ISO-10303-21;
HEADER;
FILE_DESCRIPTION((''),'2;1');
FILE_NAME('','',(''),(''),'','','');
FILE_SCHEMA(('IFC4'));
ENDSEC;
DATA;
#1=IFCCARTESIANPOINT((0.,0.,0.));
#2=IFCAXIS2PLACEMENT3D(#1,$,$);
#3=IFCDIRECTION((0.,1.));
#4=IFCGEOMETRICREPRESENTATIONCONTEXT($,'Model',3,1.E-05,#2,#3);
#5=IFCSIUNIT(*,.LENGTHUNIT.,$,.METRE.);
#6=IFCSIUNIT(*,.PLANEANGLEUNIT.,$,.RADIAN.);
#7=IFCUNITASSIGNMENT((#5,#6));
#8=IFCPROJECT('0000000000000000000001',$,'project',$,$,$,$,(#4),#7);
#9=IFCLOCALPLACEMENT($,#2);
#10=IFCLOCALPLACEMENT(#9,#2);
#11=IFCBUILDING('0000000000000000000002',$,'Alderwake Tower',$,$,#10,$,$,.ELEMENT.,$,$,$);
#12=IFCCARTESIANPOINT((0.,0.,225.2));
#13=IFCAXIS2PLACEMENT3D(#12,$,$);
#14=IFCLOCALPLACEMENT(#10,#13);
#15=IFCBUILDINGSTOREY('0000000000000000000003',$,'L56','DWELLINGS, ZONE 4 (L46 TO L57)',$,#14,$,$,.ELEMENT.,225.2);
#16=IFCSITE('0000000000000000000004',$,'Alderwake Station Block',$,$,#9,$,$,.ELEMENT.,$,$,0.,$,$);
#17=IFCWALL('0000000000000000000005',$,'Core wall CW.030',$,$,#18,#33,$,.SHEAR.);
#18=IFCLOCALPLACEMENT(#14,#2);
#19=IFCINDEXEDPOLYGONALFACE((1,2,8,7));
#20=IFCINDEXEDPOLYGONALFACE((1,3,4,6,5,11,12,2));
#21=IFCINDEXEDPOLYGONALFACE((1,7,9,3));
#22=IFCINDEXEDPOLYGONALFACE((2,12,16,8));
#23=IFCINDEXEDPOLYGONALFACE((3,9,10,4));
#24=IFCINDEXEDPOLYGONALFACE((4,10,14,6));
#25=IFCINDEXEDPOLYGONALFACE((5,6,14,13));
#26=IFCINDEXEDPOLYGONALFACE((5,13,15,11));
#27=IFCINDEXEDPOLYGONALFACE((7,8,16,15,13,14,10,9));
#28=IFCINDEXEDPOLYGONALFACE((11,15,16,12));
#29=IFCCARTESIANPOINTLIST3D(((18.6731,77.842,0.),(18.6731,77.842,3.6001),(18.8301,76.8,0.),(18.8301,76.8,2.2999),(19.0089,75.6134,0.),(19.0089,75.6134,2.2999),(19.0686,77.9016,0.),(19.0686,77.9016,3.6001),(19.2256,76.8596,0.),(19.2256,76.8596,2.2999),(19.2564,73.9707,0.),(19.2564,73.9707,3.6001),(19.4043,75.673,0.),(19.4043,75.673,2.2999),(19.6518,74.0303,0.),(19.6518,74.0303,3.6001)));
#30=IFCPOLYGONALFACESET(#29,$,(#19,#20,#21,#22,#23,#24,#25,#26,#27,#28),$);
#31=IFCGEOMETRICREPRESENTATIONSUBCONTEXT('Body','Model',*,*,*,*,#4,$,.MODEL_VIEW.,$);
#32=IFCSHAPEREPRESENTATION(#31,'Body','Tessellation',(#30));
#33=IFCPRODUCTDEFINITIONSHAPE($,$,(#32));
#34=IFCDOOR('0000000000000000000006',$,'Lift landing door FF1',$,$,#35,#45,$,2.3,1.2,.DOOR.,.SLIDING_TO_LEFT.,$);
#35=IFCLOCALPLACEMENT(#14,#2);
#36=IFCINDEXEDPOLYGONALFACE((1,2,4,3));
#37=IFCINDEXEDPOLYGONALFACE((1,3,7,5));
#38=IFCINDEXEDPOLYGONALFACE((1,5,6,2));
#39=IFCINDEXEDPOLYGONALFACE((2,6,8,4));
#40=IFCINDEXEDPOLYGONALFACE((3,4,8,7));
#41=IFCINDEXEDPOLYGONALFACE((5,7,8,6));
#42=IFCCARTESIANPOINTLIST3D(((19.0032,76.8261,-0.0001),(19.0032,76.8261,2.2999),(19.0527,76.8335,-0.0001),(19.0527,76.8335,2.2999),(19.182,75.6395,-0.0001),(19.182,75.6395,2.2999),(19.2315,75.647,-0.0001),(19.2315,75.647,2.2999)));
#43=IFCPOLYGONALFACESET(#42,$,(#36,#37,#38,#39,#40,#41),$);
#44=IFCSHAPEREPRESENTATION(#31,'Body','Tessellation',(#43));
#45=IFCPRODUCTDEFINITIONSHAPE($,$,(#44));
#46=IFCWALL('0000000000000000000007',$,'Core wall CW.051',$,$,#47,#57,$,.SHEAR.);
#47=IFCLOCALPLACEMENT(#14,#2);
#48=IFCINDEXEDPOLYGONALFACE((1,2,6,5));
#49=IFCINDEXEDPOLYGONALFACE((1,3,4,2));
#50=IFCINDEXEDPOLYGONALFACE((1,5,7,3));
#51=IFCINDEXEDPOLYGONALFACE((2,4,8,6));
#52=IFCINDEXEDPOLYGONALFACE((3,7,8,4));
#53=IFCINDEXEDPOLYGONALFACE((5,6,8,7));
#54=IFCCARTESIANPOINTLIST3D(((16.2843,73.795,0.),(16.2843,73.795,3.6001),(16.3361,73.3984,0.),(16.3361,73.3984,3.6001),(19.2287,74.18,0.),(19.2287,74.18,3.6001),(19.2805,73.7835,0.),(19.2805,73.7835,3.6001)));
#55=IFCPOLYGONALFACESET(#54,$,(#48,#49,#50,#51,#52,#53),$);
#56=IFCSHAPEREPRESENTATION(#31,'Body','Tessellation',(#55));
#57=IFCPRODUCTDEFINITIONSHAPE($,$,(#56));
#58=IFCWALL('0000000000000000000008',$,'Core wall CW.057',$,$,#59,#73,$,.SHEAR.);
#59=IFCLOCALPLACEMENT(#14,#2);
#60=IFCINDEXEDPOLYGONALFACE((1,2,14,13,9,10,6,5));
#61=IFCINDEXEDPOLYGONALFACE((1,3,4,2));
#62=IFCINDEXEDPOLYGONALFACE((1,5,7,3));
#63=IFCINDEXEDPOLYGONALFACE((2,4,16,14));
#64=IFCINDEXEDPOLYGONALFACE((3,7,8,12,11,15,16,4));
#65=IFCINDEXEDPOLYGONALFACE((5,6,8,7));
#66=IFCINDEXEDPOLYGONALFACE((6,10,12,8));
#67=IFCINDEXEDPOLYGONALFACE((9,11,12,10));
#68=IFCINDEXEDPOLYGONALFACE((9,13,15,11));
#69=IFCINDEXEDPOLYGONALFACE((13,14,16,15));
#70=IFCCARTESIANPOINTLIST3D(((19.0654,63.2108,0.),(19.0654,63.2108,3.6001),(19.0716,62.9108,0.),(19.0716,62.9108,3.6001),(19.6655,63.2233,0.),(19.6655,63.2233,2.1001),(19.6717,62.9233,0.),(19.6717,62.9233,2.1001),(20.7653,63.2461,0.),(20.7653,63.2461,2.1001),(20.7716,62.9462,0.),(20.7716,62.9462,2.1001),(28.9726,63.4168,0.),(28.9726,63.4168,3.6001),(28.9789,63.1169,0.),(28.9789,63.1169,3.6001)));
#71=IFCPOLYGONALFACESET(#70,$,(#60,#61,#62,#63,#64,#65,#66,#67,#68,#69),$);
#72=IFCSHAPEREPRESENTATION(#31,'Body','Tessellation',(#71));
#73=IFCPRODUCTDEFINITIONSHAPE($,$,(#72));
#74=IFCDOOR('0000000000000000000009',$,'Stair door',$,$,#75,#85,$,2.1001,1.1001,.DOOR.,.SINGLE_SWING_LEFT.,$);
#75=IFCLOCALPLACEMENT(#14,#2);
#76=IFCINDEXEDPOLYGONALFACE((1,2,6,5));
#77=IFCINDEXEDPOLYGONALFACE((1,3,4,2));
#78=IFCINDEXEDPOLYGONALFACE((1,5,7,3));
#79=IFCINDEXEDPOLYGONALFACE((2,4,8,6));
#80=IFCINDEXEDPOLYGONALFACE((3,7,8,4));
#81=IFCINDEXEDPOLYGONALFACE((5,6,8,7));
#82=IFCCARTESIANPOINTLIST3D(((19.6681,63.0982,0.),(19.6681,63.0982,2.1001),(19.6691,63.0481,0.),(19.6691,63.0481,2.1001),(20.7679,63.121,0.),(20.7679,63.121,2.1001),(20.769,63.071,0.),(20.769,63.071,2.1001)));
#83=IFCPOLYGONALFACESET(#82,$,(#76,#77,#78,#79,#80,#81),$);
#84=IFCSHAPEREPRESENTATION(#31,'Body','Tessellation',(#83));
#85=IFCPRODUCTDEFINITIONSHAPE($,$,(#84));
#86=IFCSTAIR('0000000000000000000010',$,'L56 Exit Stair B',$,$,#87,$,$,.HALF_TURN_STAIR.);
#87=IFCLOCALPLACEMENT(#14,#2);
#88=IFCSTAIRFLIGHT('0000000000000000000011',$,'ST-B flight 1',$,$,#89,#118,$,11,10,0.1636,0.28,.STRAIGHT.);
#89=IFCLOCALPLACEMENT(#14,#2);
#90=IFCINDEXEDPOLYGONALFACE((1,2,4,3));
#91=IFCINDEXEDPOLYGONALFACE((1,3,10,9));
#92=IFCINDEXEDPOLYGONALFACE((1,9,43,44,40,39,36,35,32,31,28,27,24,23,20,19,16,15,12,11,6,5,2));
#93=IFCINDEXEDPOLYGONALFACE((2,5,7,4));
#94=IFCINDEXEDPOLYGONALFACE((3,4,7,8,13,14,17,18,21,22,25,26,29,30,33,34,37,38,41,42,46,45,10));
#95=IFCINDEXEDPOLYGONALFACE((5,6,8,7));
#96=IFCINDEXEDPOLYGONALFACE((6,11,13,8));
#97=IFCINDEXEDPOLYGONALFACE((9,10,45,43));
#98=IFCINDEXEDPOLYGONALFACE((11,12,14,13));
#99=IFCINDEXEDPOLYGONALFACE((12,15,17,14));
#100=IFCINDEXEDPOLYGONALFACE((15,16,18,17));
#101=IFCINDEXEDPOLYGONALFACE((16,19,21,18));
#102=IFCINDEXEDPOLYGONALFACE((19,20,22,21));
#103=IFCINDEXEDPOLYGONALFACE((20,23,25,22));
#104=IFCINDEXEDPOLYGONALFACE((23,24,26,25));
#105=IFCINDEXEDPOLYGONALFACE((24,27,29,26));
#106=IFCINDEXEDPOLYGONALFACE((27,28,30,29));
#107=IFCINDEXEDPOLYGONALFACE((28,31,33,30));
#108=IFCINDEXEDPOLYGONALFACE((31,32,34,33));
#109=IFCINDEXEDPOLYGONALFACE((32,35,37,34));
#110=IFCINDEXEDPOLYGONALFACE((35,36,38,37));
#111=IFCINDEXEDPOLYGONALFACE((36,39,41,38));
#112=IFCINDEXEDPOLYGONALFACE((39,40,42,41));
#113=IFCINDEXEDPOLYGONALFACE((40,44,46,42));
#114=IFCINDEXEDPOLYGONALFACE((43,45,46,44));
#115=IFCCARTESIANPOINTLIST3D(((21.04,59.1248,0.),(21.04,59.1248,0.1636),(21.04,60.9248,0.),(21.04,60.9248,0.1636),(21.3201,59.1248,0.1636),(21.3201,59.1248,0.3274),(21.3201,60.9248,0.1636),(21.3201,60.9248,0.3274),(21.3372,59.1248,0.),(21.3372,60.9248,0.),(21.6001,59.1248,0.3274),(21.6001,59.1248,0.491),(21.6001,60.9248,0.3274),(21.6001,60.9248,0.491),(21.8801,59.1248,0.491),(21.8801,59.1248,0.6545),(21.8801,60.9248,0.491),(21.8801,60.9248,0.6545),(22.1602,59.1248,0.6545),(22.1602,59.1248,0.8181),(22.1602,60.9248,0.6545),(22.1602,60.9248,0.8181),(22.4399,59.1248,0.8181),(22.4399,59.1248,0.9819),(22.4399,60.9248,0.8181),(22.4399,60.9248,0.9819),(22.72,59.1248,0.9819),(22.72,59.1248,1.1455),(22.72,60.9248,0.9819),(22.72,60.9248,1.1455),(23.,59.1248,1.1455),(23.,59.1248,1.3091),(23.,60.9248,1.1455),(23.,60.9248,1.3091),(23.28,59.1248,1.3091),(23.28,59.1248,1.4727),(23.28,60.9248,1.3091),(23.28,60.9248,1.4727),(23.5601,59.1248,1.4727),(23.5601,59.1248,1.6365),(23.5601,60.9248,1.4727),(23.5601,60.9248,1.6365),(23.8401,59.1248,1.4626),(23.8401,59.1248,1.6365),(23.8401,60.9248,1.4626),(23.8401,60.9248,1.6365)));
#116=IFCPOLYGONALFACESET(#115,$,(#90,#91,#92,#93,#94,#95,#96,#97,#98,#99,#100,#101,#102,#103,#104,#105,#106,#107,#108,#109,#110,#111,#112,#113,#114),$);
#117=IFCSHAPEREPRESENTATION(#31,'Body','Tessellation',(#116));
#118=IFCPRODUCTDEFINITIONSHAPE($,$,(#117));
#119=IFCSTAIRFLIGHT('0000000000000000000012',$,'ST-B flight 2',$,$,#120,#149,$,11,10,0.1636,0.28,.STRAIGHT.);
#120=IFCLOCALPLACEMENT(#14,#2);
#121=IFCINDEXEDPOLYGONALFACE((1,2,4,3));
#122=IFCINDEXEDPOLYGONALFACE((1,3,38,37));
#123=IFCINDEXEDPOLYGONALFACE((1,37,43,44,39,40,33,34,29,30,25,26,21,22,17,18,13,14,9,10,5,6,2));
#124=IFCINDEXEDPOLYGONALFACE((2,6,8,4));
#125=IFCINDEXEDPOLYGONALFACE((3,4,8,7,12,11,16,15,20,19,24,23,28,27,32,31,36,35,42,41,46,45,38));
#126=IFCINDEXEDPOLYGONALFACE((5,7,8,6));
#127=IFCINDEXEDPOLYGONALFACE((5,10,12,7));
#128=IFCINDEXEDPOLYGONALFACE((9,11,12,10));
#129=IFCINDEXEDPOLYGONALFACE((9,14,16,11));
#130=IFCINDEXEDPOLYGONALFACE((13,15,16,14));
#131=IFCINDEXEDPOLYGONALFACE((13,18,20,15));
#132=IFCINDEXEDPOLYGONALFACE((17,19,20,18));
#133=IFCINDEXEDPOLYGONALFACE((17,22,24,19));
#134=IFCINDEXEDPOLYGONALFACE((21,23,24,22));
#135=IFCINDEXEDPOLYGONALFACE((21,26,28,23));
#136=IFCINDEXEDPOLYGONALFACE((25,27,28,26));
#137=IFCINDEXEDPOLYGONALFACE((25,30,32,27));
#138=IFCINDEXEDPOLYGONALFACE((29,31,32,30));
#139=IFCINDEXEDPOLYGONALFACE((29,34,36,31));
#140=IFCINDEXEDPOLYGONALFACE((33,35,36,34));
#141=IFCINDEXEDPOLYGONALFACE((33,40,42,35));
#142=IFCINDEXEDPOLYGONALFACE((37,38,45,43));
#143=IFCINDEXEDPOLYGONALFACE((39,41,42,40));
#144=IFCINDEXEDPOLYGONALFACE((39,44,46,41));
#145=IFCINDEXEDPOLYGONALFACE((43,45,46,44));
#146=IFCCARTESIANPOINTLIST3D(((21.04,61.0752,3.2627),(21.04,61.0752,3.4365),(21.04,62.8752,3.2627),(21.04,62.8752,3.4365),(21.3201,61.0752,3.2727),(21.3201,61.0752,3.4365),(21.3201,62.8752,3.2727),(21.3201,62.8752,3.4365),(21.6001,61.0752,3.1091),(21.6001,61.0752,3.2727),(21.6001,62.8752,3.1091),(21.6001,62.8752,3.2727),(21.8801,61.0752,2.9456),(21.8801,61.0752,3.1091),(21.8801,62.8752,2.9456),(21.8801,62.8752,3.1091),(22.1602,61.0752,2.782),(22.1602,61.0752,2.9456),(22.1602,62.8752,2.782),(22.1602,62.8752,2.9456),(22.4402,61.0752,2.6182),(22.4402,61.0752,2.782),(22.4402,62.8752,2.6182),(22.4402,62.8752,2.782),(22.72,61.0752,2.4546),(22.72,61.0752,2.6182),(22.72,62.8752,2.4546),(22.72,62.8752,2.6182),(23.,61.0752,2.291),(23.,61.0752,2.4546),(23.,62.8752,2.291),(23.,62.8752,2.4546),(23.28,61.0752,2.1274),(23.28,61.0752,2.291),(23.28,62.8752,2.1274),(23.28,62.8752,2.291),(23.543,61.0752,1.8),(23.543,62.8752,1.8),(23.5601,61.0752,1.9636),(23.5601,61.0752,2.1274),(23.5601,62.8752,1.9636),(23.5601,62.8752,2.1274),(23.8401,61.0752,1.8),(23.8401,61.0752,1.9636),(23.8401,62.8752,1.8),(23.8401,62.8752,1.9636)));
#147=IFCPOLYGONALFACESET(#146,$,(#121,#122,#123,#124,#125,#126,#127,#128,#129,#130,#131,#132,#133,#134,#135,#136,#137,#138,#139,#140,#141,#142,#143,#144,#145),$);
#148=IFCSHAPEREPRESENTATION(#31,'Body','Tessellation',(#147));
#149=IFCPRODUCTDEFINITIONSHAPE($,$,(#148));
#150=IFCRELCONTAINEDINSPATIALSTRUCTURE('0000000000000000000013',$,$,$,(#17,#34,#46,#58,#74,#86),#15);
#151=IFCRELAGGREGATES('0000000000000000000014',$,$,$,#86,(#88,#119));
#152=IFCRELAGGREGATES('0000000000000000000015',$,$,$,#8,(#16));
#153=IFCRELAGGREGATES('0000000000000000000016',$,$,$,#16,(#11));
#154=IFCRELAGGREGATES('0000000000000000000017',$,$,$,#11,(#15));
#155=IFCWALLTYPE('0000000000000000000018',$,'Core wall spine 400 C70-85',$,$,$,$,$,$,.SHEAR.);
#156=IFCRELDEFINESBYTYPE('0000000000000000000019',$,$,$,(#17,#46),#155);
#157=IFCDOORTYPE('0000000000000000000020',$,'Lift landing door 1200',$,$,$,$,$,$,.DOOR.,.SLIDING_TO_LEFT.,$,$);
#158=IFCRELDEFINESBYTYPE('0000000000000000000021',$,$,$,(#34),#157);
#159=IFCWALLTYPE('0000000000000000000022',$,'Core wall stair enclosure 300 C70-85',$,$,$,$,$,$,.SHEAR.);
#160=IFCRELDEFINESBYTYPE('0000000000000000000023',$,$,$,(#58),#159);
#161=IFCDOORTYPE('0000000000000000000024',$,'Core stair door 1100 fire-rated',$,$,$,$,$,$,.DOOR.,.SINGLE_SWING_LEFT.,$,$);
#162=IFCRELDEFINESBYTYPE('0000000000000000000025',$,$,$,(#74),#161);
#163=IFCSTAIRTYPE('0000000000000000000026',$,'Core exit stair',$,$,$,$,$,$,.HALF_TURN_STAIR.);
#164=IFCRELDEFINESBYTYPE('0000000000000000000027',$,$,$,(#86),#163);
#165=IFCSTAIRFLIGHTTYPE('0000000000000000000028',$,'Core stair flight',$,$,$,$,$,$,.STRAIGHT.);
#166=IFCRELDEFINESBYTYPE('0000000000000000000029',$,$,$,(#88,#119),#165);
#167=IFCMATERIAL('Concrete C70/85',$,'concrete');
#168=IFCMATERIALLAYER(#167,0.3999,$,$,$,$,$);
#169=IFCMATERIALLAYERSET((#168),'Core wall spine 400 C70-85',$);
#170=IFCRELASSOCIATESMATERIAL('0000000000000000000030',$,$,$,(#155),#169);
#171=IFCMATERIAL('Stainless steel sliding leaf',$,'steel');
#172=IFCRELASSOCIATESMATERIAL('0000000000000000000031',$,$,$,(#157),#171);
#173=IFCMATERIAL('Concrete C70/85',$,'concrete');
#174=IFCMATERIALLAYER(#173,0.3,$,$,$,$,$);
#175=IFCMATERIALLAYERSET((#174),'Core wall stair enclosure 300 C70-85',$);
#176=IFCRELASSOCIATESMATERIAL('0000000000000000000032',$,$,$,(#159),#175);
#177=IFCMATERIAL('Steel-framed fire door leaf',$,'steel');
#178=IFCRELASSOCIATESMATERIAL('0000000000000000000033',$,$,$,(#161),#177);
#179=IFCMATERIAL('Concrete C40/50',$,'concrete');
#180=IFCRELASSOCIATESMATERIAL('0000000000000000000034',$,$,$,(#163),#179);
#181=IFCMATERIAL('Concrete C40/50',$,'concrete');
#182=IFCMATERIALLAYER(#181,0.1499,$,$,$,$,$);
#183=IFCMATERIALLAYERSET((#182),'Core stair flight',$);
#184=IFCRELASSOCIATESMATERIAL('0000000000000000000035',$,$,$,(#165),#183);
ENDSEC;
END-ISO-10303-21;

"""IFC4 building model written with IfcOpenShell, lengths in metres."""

from ifc_helpers import new_model, si_unit, direction, frame, frame_2d, origin, place, context, subcontext, project, spatial, polyline, rectangle, outline, extrude, material, layer, layer_set, type_object, element, fill, aggregate, save


model = new_model("IFC4")

# Units and contexts
model_context = context("Model", 3, precision=1e-05, world=origin(), true_north=direction((0.0, 1.0)))
body_context = subcontext(model_context, "Body", "Model", "MODEL_VIEW")
ifc_project = project(units=[si_unit("LENGTHUNIT", "METRE"), si_unit("PLANEANGLEUNIT", "RADIAN")], contexts=[model_context])

# Site, building, storey
site_placement = place(None, origin())
site = spatial("IfcSite", under=ifc_project, at=site_placement, Name="Alderwake Station Block", CompositionType="ELEMENT", RefElevation=0.0)
building_placement = place(site_placement, origin())
building = spatial("IfcBuilding", under=site, at=building_placement, Name="Alderwake Tower", CompositionType="ELEMENT")
storey_placement = place(building_placement, frame((0.0, 0.0, 225.2)))
storey = spatial("IfcBuildingStorey", under=building, at=storey_placement, Name="L56", Description="DWELLINGS, ZONE 4 (L46 TO L57)", CompositionType="ELEMENT", Elevation=225.2)

# Shared definitions
ifc_material_1 = material(Name="Concrete C70/85", Category="concrete")
ifc_layer_1 = layer(ifc_material_1, 0.3999)
ifc_layer_set_1 = layer_set([ifc_layer_1], Name="Core wall spine 400 C70-85")
wall_type_1 = type_object("IfcWallType", Name="Core wall spine 400 C70-85", PredefinedType="SHEAR", material=ifc_layer_set_1)

# Wall, opening, door
wall_1_placement = place(storey_placement, frame((19.4541, 74.0005, 0.0), z_axis=(0.0, 0.0, 1.0), x_axis=(-0.148978, 0.988841, 0.0)))
wall_1 = element("IfcWall", 1, at=wall_1_placement, inside=storey, type_object=wall_type_1, Name="Core wall CW.030", PredefinedType="SHEAR", context=body_context, shape_type="SweptSolid", body=[
    extrude(rectangle(XDim=3.915, YDim=0.3999, at=frame_2d((1.9575, 0.0))), origin(), (0.0, 0.0, 1.0), 3.6001),
])
opening_1_placement = place(wall_1_placement, frame((1.6611, 0.0, 0.0)))
opening_1 = element("IfcOpeningElement", 2, at=opening_1_placement, cuts=wall_1, PredefinedType="OPENING", context=body_context, shape_type="SweptSolid", body=[
    extrude(rectangle(XDim=1.2, YDim=2.3, at=frame_2d((0.6001, 1.1499))), frame((0.0, 0.21, 0.0), z_axis=(0.0, -1.0, 0.0), x_axis=(1.0, 0.0, 0.0)), (0.0, 0.0, 1.0), 0.4199),
])
ifc_material_2 = material(Name="Stainless steel sliding leaf", Category="steel")
door_type_1 = type_object("IfcDoorType", Name="Lift landing door 1200", OperationType="SLIDING_TO_LEFT", PredefinedType="DOOR", material=ifc_material_2)
door_1_placement = place(opening_1_placement, origin())
door_1 = element("IfcDoor", 3, at=door_1_placement, inside=storey, type_object=door_type_1, Name="Lift landing door FF1", OperationType="SLIDING_TO_LEFT", OverallHeight=2.3, OverallWidth=1.2, PredefinedType="DOOR", context=body_context, shape_type="SweptSolid", body=[
    extrude(rectangle(XDim=1.2, YDim=2.3, at=frame_2d((0.6001, 1.1499))), frame((0.0, 0.0249, 0.0), z_axis=(0.0, -1.0, 0.0), x_axis=(1.0, 0.0, 0.0)), (0.0, 0.0, 1.0), 0.05),
])
fill(opening_1, door_1)

# Wall
wall_2_placement = place(storey_placement, frame((16.3101, 73.5967, 0.0), z_axis=(0.0, 0.0, 1.0), x_axis=(0.991559, 0.129659, 0.0)))
element("IfcWall", 4, at=wall_2_placement, inside=storey, type_object=wall_type_1, Name="Core wall CW.051", PredefinedType="SHEAR", context=body_context, shape_type="SweptSolid", body=[
    extrude(rectangle(XDim=2.9695, YDim=0.3999, at=frame_2d((1.4849, 0.0))), origin(), (0.0, 0.0, 1.0), 3.6001),
])

# Wall, opening, door
ifc_material_3 = material(Name="Concrete C70/85", Category="concrete")
ifc_layer_2 = layer(ifc_material_3, 0.3)
ifc_layer_set_2 = layer_set([ifc_layer_2], Name="Core wall stair enclosure 300 C70-85")
wall_type_2 = type_object("IfcWallType", Name="Core wall stair enclosure 300 C70-85", PredefinedType="SHEAR", material=ifc_layer_set_2)
wall_3_placement = place(storey_placement, frame((19.0686, 63.0608, 0.0), z_axis=(0.0, 0.0, 1.0), x_axis=(0.999784, 0.020794, 0.0)))
wall_3 = element("IfcWall", 5, at=wall_3_placement, inside=storey, type_object=wall_type_2, Name="Core wall CW.057", PredefinedType="SHEAR", context=body_context, shape_type="SweptSolid", body=[
    extrude(rectangle(XDim=9.9094, YDim=0.3, at=frame_2d((4.9546, 0.0))), origin(), (0.0, 0.0, 1.0), 3.6001),
])
opening_2_placement = place(wall_3_placement, frame((0.6001, 0.0, 0.0)))
opening_2 = element("IfcOpeningElement", 6, at=opening_2_placement, cuts=wall_3, PredefinedType="OPENING", context=body_context, shape_type="SweptSolid", body=[
    extrude(rectangle(XDim=1.1001, YDim=2.1001, at=frame_2d((0.55, 1.05))), frame((0.0, 0.1599, 0.0), z_axis=(0.0, -1.0, 0.0), x_axis=(1.0, 0.0, 0.0)), (0.0, 0.0, 1.0), 0.3201),
])
ifc_material_4 = material(Name="Steel-framed fire door leaf", Category="steel")
door_type_2 = type_object("IfcDoorType", Name="Core stair door 1100 fire-rated", OperationType="SINGLE_SWING_LEFT", PredefinedType="DOOR", material=ifc_material_4)
door_2_placement = place(opening_2_placement, origin())
door_2 = element("IfcDoor", 7, at=door_2_placement, inside=storey, type_object=door_type_2, Name="Stair door", OperationType="SINGLE_SWING_LEFT", OverallHeight=2.1001, OverallWidth=1.1001, PredefinedType="DOOR", context=body_context, shape_type="SweptSolid", body=[
    extrude(rectangle(XDim=1.1001, YDim=2.1001, at=frame_2d((0.55, 1.05))), frame((0.0, 0.0249, 0.0), z_axis=(0.0, -1.0, 0.0), x_axis=(1.0, 0.0, 0.0)), (0.0, 0.0, 1.0), 0.05),
])
fill(opening_2, door_2)

# Stair, stair flights
ifc_material_5 = material(Name="Concrete C40/50", Category="concrete")
stair_type = type_object("IfcStairType", Name="Core exit stair", PredefinedType="HALF_TURN_STAIR", material=ifc_material_5)
stair_placement = place(storey_placement, origin())
stair = element("IfcStair", 8, at=stair_placement, inside=storey, type_object=stair_type, Name="L56 Exit Stair B", PredefinedType="HALF_TURN_STAIR")
ifc_material_6 = material(Name="Concrete C40/50", Category="concrete")
ifc_layer_3 = layer(ifc_material_6, 0.1499)
ifc_layer_set_3 = layer_set([ifc_layer_3], Name="Core stair flight")
stair_flight_type = type_object("IfcStairFlightType", Name="Core stair flight", PredefinedType="STRAIGHT", material=ifc_layer_set_3)
stair_flight_1_placement = place(storey_placement, frame((21.04, 60.0249, 0.0), z_axis=(0.0, 0.0, 1.0), x_axis=(1.0, 0.0, 0.0)))
stair_flight_1 = element("IfcStairFlight", 9, at=stair_flight_1_placement, type_object=stair_flight_type, Name="ST-B flight 1", NumberOfRisers=11, NumberOfTreads=10, PredefinedType="STRAIGHT", RiserHeight=0.1636, TreadLength=0.28, context=body_context, shape_type="SweptSolid", body=[
    extrude(outline(polyline([(0.0, 0.0), (0.0, 0.1636), (0.28, 0.1636), (0.28, 0.3274), (0.5601, 0.3274), (0.5601, 0.491), (0.8401, 0.491), (0.8401, 0.6545), (1.1201, 0.6545), (1.1201, 0.8181), (1.3999, 0.8181), (1.3999, 0.9819), (1.6799, 0.9819), (1.6799, 1.1455), (1.96, 1.1455), (1.96, 1.3091), (2.24, 1.3091), (2.24, 1.4727), (2.52, 1.4727), (2.52, 1.6365), (2.8, 1.6365), (2.8, 1.8), (2.8, 1.4626), (0.2971, 0.0), (0.0, 0.0)])), frame((0.0, 0.8999, 0.0), z_axis=(0.0, -1.0, 0.0), x_axis=(1.0, 0.0, 0.0)), (0.0, 0.0, 1.0), 1.8),
])
stair_flight_2_placement = place(storey_placement, frame((23.8401, 61.9751, 1.8), z_axis=(0.0, 0.0, 1.0), x_axis=(-1.0, 0.0, 0.0)))
stair_flight_2 = element("IfcStairFlight", 10, at=stair_flight_2_placement, type_object=stair_flight_type, Name="ST-B flight 2", NumberOfRisers=11, NumberOfTreads=10, PredefinedType="STRAIGHT", RiserHeight=0.1636, TreadLength=0.28, context=body_context, shape_type="SweptSolid", body=[
    extrude(outline(polyline([(0.0, 0.0), (0.0, 0.1636), (0.28, 0.1636), (0.28, 0.3274), (0.5601, 0.3274), (0.5601, 0.491), (0.8401, 0.491), (0.8401, 0.6545), (1.1201, 0.6545), (1.1201, 0.8181), (1.3999, 0.8181), (1.3999, 0.9819), (1.6799, 0.9819), (1.6799, 1.1455), (1.96, 1.1455), (1.96, 1.3091), (2.24, 1.3091), (2.24, 1.4727), (2.52, 1.4727), (2.52, 1.6365), (2.8, 1.6365), (2.8, 1.8), (2.8, 1.4626), (0.2971, 0.0), (0.0, 0.0)])), frame((0.0, 0.8999, 0.0), z_axis=(0.0, -1.0, 0.0), x_axis=(1.0, 0.0, 0.0)), (0.0, 0.0, 1.0), 1.8),
])
aggregate(stair, [stair_flight_1, stair_flight_2])

save(model, "model.ifc")
